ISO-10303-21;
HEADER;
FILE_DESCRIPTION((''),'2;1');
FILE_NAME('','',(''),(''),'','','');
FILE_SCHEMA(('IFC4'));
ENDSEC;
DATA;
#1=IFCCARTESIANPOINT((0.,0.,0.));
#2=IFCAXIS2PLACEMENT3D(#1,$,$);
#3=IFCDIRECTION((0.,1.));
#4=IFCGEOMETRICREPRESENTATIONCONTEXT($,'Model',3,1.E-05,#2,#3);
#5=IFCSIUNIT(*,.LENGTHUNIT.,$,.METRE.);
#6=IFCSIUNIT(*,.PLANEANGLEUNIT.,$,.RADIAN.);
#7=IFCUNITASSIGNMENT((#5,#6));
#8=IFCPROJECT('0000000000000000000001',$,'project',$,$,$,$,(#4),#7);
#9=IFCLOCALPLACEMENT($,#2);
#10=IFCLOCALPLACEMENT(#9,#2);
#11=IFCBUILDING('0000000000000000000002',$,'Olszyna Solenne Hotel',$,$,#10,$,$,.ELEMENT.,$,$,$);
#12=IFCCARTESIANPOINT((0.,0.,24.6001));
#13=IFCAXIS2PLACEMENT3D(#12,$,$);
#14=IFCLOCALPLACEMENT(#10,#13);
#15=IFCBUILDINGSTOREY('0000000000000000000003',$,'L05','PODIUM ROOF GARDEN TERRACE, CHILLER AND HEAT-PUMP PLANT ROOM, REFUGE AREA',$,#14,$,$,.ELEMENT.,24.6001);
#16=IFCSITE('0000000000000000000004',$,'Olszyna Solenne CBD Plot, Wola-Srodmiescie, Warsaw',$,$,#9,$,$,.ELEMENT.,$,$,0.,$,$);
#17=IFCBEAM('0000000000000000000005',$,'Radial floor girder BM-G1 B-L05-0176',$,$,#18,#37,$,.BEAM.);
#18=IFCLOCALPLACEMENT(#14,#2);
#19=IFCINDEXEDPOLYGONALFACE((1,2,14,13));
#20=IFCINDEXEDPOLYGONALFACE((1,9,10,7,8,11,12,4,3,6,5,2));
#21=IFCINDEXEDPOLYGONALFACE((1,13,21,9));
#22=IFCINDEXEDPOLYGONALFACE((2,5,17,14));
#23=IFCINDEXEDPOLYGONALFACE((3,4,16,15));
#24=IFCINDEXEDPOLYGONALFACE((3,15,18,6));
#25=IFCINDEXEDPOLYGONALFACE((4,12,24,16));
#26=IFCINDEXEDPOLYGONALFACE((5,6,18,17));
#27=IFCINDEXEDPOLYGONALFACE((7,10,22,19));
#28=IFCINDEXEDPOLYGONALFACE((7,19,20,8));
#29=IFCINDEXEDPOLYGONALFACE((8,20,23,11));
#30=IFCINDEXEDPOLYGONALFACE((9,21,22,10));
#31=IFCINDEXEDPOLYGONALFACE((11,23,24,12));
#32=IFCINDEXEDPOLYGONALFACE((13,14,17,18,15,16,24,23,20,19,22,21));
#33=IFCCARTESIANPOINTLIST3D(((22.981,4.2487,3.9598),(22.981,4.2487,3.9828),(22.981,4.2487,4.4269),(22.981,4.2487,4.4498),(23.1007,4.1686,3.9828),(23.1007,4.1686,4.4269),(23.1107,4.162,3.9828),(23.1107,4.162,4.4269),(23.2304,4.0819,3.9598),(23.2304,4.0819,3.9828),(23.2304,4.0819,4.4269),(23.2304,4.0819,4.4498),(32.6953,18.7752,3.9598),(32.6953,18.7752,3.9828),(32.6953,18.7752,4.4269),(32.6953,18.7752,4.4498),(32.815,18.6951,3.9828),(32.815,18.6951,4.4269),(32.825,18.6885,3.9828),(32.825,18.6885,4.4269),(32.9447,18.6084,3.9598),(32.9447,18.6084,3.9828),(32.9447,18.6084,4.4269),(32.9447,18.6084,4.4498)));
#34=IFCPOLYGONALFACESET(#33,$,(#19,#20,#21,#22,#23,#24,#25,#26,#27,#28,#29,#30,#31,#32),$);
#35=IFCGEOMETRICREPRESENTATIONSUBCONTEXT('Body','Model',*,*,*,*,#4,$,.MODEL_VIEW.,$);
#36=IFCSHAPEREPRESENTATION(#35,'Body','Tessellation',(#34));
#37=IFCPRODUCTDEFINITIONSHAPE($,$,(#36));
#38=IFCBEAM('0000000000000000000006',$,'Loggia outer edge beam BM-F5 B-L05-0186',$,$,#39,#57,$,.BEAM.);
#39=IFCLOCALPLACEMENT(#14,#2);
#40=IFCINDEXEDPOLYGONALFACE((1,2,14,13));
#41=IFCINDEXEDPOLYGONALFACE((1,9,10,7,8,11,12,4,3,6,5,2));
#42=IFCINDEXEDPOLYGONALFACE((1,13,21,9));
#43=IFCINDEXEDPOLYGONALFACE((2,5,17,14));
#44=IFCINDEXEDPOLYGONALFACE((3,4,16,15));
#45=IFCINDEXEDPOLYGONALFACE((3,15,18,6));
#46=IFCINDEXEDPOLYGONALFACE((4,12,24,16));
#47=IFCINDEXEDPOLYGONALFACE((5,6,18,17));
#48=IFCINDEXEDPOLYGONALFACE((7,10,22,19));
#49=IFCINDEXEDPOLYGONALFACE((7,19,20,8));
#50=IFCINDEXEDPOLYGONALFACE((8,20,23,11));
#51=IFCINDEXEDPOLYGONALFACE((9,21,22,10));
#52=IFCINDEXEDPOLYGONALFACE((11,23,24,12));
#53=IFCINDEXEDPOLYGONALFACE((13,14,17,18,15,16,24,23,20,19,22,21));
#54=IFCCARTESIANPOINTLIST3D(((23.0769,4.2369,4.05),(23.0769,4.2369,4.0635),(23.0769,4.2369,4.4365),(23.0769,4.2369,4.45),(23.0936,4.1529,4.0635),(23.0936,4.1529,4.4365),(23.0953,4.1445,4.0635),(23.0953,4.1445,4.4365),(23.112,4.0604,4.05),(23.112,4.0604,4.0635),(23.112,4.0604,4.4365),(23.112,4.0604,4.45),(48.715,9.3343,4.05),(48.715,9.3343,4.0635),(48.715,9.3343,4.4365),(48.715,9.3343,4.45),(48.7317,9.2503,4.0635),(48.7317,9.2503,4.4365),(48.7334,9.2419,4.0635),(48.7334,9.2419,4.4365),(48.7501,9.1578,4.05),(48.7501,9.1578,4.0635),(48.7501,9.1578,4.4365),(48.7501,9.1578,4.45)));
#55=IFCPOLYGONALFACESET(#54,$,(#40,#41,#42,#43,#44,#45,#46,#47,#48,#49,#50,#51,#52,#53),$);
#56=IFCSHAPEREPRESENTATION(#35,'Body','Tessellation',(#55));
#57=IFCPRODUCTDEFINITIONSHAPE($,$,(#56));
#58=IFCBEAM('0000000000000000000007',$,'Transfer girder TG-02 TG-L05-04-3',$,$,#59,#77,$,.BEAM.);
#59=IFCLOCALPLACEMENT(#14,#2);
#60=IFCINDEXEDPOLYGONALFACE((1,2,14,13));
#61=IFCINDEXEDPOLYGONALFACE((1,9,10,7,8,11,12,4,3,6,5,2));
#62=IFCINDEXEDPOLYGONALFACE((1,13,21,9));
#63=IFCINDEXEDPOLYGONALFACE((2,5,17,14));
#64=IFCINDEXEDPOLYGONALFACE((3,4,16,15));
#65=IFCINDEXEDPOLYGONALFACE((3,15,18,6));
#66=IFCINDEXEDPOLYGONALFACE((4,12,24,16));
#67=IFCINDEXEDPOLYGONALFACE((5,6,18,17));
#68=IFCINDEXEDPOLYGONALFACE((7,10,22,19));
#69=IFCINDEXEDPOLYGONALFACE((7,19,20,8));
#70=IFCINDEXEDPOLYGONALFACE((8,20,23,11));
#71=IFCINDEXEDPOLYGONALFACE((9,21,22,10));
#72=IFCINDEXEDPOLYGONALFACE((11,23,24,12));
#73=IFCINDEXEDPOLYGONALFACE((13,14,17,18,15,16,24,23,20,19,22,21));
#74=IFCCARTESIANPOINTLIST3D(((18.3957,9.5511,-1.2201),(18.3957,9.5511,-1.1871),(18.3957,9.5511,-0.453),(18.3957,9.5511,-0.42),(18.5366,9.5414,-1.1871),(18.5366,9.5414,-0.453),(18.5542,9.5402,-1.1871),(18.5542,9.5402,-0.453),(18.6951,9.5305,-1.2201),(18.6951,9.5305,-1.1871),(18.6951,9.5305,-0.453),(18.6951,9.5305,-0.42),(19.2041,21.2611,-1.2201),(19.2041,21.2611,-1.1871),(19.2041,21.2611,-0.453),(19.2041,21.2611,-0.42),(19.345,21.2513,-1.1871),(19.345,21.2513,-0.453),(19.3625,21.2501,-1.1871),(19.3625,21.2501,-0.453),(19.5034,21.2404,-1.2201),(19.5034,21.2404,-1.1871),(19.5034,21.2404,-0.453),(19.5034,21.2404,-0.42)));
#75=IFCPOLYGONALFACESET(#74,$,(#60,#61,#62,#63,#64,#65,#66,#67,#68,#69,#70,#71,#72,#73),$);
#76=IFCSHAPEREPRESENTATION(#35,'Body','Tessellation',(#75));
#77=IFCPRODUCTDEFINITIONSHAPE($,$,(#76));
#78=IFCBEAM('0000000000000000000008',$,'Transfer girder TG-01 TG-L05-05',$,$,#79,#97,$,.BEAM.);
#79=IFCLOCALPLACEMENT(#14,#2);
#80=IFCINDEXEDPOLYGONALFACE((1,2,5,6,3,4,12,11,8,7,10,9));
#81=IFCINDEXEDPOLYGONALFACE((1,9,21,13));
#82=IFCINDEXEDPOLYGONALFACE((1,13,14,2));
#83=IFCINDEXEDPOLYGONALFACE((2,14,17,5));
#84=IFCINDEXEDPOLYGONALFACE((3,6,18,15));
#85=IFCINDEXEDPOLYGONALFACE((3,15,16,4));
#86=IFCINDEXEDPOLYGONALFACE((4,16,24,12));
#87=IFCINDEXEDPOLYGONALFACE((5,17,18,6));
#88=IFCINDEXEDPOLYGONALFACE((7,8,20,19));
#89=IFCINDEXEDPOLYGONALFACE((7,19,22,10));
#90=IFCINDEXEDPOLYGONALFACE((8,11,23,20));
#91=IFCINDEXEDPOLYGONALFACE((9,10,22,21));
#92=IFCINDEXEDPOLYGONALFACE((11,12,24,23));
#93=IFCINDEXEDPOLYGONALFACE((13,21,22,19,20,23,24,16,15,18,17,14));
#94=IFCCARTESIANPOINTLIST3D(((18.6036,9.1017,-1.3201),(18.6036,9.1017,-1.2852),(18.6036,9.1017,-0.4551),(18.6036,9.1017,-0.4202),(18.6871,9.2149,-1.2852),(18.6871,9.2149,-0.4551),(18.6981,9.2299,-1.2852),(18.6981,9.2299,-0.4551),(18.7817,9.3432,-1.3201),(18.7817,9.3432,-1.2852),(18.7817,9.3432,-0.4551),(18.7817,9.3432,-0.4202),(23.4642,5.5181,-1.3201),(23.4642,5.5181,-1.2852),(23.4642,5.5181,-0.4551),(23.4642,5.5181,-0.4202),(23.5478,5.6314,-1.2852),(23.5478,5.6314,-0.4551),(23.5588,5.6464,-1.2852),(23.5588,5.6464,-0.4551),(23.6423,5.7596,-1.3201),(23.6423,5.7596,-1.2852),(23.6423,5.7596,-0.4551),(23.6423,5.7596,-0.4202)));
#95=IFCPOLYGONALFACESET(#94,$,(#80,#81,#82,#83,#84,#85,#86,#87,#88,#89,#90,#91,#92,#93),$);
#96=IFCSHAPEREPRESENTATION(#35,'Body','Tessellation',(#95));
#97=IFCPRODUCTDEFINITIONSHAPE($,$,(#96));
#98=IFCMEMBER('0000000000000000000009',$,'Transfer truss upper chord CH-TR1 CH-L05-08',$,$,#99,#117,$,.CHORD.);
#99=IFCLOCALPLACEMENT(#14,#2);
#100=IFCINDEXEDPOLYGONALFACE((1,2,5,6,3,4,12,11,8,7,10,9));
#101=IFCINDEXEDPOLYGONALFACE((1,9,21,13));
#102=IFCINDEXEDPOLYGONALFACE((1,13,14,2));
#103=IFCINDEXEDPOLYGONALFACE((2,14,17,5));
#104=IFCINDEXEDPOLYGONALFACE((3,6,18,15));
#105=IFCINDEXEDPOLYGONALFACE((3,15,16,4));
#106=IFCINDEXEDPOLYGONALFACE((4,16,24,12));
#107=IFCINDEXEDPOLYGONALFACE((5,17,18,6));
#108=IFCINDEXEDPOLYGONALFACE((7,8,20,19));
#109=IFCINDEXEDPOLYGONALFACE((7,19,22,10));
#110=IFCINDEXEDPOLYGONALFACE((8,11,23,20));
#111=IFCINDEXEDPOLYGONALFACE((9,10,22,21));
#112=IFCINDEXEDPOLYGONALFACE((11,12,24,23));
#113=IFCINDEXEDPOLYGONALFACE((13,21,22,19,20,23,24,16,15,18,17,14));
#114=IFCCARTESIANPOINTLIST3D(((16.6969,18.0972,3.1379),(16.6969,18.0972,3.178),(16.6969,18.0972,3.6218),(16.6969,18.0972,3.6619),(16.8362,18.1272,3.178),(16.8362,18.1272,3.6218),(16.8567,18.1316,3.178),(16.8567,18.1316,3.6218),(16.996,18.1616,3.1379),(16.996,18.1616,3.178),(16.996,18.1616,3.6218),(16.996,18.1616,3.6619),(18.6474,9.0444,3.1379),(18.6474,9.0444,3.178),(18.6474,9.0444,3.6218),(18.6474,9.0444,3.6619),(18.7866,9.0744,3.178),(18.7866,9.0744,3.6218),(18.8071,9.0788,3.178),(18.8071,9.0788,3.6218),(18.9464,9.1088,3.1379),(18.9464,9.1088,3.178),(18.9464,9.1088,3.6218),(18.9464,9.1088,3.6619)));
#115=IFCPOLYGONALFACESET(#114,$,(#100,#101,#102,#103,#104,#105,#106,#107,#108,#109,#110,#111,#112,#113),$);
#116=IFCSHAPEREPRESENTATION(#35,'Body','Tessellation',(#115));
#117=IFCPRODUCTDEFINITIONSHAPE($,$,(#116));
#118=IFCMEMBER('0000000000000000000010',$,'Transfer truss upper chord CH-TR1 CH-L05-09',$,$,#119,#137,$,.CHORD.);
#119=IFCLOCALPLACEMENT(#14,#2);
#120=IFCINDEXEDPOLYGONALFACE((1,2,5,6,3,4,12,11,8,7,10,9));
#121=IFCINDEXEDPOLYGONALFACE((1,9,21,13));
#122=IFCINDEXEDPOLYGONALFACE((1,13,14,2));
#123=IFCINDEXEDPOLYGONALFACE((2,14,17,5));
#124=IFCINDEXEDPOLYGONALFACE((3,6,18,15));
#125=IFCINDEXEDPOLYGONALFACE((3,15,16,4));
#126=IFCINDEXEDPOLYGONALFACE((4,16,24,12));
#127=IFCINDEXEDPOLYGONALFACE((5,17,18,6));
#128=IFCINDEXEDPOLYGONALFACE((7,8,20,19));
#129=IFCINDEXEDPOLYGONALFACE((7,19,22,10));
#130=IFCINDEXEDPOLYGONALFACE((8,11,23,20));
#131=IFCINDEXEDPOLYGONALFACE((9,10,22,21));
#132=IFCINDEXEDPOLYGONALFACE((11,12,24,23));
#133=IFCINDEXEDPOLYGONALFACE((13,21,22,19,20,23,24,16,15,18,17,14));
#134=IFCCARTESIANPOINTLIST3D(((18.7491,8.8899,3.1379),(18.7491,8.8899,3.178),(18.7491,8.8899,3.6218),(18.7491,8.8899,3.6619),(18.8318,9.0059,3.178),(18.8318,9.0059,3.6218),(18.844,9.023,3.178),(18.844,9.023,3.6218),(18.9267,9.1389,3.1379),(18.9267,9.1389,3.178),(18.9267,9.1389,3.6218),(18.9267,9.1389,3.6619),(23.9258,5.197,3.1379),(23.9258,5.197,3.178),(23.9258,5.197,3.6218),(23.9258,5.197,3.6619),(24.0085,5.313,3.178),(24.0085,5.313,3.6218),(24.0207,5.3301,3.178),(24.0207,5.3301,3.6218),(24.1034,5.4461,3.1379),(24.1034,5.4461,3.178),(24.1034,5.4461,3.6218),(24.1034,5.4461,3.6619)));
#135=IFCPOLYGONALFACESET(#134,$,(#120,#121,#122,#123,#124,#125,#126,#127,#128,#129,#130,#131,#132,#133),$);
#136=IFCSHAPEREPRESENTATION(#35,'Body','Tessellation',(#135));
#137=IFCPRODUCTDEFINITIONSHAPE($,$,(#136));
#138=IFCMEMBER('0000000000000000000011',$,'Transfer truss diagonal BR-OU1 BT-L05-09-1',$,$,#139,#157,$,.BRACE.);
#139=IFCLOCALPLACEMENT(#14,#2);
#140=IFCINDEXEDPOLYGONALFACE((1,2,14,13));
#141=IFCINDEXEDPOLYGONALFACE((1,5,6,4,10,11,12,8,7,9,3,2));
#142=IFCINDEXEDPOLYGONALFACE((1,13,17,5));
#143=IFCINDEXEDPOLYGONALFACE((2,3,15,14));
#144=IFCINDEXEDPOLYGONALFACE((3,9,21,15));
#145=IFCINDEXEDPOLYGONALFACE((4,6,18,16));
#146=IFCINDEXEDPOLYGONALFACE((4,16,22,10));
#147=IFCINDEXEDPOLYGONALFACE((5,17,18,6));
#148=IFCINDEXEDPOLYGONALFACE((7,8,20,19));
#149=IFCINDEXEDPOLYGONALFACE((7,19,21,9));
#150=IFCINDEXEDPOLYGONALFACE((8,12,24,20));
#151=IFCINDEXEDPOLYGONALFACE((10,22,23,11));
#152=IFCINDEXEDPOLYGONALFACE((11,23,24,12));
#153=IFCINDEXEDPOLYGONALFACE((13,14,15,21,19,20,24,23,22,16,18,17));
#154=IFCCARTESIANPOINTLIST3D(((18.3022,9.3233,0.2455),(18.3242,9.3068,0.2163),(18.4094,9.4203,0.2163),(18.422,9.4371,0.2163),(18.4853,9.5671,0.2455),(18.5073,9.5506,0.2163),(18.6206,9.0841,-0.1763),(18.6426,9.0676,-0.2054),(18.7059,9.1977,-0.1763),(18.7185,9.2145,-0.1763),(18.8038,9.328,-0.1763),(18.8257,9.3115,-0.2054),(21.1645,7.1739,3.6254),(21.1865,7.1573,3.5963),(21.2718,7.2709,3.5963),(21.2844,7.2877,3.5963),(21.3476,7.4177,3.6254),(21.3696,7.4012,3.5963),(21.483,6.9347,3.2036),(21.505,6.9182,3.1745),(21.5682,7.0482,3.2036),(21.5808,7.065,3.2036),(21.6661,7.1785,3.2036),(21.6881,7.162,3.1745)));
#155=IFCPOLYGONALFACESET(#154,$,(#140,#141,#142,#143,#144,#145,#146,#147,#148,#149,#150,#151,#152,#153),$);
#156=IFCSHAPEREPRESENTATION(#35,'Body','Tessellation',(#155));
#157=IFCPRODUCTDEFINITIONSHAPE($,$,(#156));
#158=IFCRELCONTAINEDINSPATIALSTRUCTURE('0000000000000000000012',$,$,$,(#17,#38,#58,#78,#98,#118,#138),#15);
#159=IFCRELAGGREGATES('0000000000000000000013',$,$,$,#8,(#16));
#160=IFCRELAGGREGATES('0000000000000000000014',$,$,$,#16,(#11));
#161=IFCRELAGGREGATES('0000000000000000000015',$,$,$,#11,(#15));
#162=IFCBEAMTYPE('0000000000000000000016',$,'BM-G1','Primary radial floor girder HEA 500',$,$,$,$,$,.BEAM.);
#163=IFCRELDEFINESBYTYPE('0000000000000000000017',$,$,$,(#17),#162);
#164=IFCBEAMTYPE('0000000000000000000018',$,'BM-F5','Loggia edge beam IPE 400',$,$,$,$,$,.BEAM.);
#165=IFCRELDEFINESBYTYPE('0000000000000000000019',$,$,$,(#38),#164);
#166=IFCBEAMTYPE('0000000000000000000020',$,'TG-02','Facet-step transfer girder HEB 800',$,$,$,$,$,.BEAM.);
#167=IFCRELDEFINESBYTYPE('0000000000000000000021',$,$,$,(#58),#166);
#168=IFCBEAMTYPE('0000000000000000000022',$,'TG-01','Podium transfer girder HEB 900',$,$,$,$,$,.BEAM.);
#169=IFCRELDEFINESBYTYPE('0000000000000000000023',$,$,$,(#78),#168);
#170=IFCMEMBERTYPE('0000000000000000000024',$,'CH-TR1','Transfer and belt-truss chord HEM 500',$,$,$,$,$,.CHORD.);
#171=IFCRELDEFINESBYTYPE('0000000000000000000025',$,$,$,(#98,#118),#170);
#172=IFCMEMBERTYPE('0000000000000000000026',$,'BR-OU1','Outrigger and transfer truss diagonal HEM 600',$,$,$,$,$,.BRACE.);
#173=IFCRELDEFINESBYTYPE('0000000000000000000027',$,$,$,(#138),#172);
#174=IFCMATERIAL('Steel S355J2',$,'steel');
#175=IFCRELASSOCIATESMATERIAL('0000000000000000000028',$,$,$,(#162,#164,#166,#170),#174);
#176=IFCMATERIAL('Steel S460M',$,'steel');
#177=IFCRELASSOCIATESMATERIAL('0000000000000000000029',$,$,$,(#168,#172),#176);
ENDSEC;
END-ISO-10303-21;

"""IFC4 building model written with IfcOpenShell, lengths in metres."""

from ifc_helpers import new_model, si_unit, direction, frame, origin, origin_2d, place, context, subcontext, project, spatial, i_section, extrude, source, transform, mapped, material, material_profile, profile_set, type_object, element, save


model = new_model("IFC4")

# Units and contexts
model_context = context("Model", 3, precision=1e-05, world=origin(), true_north=direction((0.0, 1.0)))
body_context = subcontext(model_context, "Body", "Model", "MODEL_VIEW")
ifc_project = project(units=[si_unit("LENGTHUNIT", "METRE"), si_unit("PLANEANGLEUNIT", "RADIAN")], contexts=[model_context])

# Site, building, storey
site_placement = place(None, origin())
site = spatial("IfcSite", under=ifc_project, at=site_placement, Name="Olszyna Solenne CBD Plot, Wola-Srodmiescie, Warsaw", CompositionType="ELEMENT", RefElevation=0.0)
building_placement = place(site_placement, origin())
building = spatial("IfcBuilding", under=site, at=building_placement, Name="Olszyna Solenne Hotel", CompositionType="ELEMENT")
storey_placement = place(building_placement, frame((0.0, 0.0, 24.6001)))
storey = spatial("IfcBuildingStorey", under=building, at=storey_placement, Name="L05", Description="PODIUM ROOF GARDEN TERRACE, CHILLER AND HEAT-PUMP PLANT ROOM, REFUGE AREA", CompositionType="ELEMENT", Elevation=24.6001)

# Shared definitions
ifc_material_1 = material(Name="Steel S355J2", Category="steel")
ifc_material_2 = material(Name="Steel S460M", Category="steel")

# Beams
ifc_material_profile_1 = material_profile(ifc_material_1, i_section(OverallWidth=0.3, OverallDepth=0.49, WebThickness=0.012, FlangeThickness=0.0229, at=origin_2d()), Name="HEA 500", Category="load-bearing")
ifc_profile_set_1 = profile_set([ifc_material_profile_1], Name="Steel S355J2")
beam_type_1 = type_object("IfcBeamType", Name="BM-G1", Description="Primary radial floor girder HEA 500", PredefinedType="BEAM", material=ifc_profile_set_1)
shared_shape_1 = source(origin(), body_context, "Body", "SweptSolid", [
    extrude(i_section(OverallWidth=0.3, OverallDepth=0.49, WebThickness=0.012, FlangeThickness=0.0229, at=origin_2d()), origin(), (0.0, 0.0, 1.0), 17.4753),
])
beam_1_placement = place(storey_placement, frame((23.1057, 4.1653, 4.2048), z_axis=(0.555886, 0.831259, 0.0), x_axis=(-0.831259, 0.555886, 0.0)))
element("IfcBeam", 1, at=beam_1_placement, inside=storey, type_object=beam_type_1, Name="Radial floor girder BM-G1 B-L05-0176", PredefinedType="BEAM", context=body_context, shape_type="MappedRepresentation", body=[
    mapped(shared_shape_1, transform((0.0, 0.0, 0.0), x_axis=(1.0, 0.0, 0.0), y_axis=(0.0, 1.0, 0.0), z_axis=(0.0, 0.0, 1.0), scale=1.0)),
])
ifc_material_profile_2 = material_profile(ifc_material_1, i_section(OverallWidth=0.1799, OverallDepth=0.3999, WebThickness=0.0085, FlangeThickness=0.0134, at=origin_2d()), Name="IPE 400", Category="load-bearing")
ifc_profile_set_2 = profile_set([ifc_material_profile_2], Name="Steel S355J2")
beam_type_2 = type_object("IfcBeamType", Name="BM-F5", Description="Loggia edge beam IPE 400", PredefinedType="BEAM", material=ifc_profile_set_2)
shared_shape_2 = source(origin(), body_context, "Body", "SweptSolid", [
    extrude(i_section(OverallWidth=0.1799, OverallDepth=0.3999, WebThickness=0.0085, FlangeThickness=0.0134, at=origin_2d()), origin(), (0.0, 0.0, 1.0), 26.1399),
])
beam_2_placement = place(storey_placement, frame((23.0945, 4.1487, 4.25), z_axis=(0.980802, 0.195004, 0.0), x_axis=(-0.195004, 0.980802, 0.0)))
element("IfcBeam", 2, at=beam_2_placement, inside=storey, type_object=beam_type_2, Name="Loggia outer edge beam BM-F5 B-L05-0186", PredefinedType="BEAM", context=body_context, shape_type="MappedRepresentation", body=[
    mapped(shared_shape_2, transform((0.0, 0.0, 0.0), x_axis=(1.0, 0.0, 0.0), y_axis=(0.0, 1.0, 0.0), z_axis=(0.0, 0.0, 1.0), scale=1.0)),
])
ifc_material_profile_3 = material_profile(ifc_material_1, i_section(OverallWidth=0.3, OverallDepth=0.8, WebThickness=0.0176, FlangeThickness=0.033, at=origin_2d()), Name="HEB 800", Category="load-bearing")
ifc_profile_set_3 = profile_set([ifc_material_profile_3], Name="Steel S355J2")
beam_type_3 = type_object("IfcBeamType", Name="TG-02", Description="Facet-step transfer girder HEB 800", PredefinedType="BEAM", material=ifc_profile_set_3)
shared_shape_3 = source(origin(), body_context, "Body", "SweptSolid", [
    extrude(i_section(OverallWidth=0.3, OverallDepth=0.8, WebThickness=0.0176, FlangeThickness=0.033, at=origin_2d()), origin(), (0.0, 0.0, 1.0), 11.7378),
])
beam_3_placement = place(storey_placement, frame((19.3538, 21.2507, -0.8201), z_axis=(-0.068867, -0.997626, 0.0), x_axis=(0.997626, -0.068867, 0.0)))
element("IfcBeam", 3, at=beam_3_placement, inside=storey, type_object=beam_type_3, Name="Transfer girder TG-02 TG-L05-04-3", PredefinedType="BEAM", context=body_context, shape_type="MappedRepresentation", body=[
    mapped(shared_shape_3, transform((0.0, 0.0, 0.0), x_axis=(1.0, 0.0, 0.0), y_axis=(0.0, 1.0, 0.0), z_axis=(0.0, 0.0, 1.0), scale=1.0)),
])
ifc_material_profile_4 = material_profile(ifc_material_2, i_section(OverallWidth=0.3, OverallDepth=0.8999, WebThickness=0.0186, FlangeThickness=0.0349, at=origin_2d()), Name="HEB 900", Category="load-bearing")
ifc_profile_set_4 = profile_set([ifc_material_profile_4], Name="Steel S460M")
beam_type_4 = type_object("IfcBeamType", Name="TG-01", Description="Podium transfer girder HEB 900", PredefinedType="BEAM", material=ifc_profile_set_4)
shared_shape_4 = source(origin(), body_context, "Body", "SweptSolid", [
    extrude(i_section(OverallWidth=0.3, OverallDepth=0.8999, WebThickness=0.0186, FlangeThickness=0.0349, at=origin_2d()), origin(), (0.0, 0.0, 1.0), 6.0388),
])
beam_4_placement = place(storey_placement, frame((18.6926, 9.2224, -0.8701), z_axis=(0.804897, -0.593414, 0.0), x_axis=(0.593414, 0.804897, 0.0)))
element("IfcBeam", 4, at=beam_4_placement, inside=storey, type_object=beam_type_4, Name="Transfer girder TG-01 TG-L05-05", PredefinedType="BEAM", context=body_context, shape_type="MappedRepresentation", body=[
    mapped(shared_shape_4, transform((0.0, 0.0, 0.0), x_axis=(1.0, 0.0, 0.0), y_axis=(0.0, 1.0, 0.0), z_axis=(0.0, 0.0, 1.0), scale=1.0)),
])

# Members
ifc_material_profile_5 = material_profile(ifc_material_1, i_section(OverallWidth=0.3059, OverallDepth=0.5239, WebThickness=0.021, FlangeThickness=0.04, at=origin_2d()), Name="HEM 500", Category="load-bearing")
ifc_profile_set_5 = profile_set([ifc_material_profile_5], Name="Steel S355J2")
member_type_1 = type_object("IfcMemberType", Name="CH-TR1", Description="Transfer and belt-truss chord HEM 500", PredefinedType="CHORD", material=ifc_profile_set_5)
shared_shape_5 = source(origin(), body_context, "Body", "SweptSolid", [
    extrude(i_section(OverallWidth=0.3059, OverallDepth=0.5239, WebThickness=0.021, FlangeThickness=0.04, at=origin_2d()), origin(), (0.0, 0.0, 1.0), 9.2605),
])
member_1_placement = place(storey_placement, frame((16.8464, 18.1294, 3.3999), z_axis=(0.21062, -0.977568, 0.0), x_axis=(0.977568, 0.21062, 0.0)))
element("IfcMember", 5, at=member_1_placement, inside=storey, type_object=member_type_1, Name="Transfer truss upper chord CH-TR1 CH-L05-08", PredefinedType="CHORD", context=body_context, shape_type="MappedRepresentation", body=[
    mapped(shared_shape_5, transform((0.0, 0.0, 0.0), x_axis=(1.0, 0.0, 0.0), y_axis=(0.0, 1.0, 0.0), z_axis=(0.0, 0.0, 1.0), scale=1.0)),
])
shared_shape_6 = source(origin(), body_context, "Body", "SweptSolid", [
    extrude(i_section(OverallWidth=0.3059, OverallDepth=0.5239, WebThickness=0.021, FlangeThickness=0.04, at=origin_2d()), origin(), (0.0, 0.0, 1.0), 6.3589),
])
member_2_placement = place(storey_placement, frame((18.8379, 9.0144, 3.3999), z_axis=(0.814091, -0.580737, 0.0), x_axis=(0.580737, 0.814091, 0.0)))
element("IfcMember", 6, at=member_2_placement, inside=storey, type_object=member_type_1, Name="Transfer truss upper chord CH-TR1 CH-L05-09", PredefinedType="CHORD", context=body_context, shape_type="MappedRepresentation", body=[
    mapped(shared_shape_6, transform((0.0, 0.0, 0.0), x_axis=(1.0, 0.0, 0.0), y_axis=(0.0, 1.0, 0.0), z_axis=(0.0, 0.0, 1.0), scale=1.0)),
])
ifc_material_profile_6 = material_profile(ifc_material_2, i_section(OverallWidth=0.3049, OverallDepth=0.6201, WebThickness=0.021, FlangeThickness=0.04, at=origin_2d()), Name="HEM 600", Category="load-bearing")
ifc_profile_set_6 = profile_set([ifc_material_profile_6], Name="Steel S460M")
member_type_2 = type_object("IfcMemberType", Name="BR-OU1", Description="Outrigger and transfer truss diagonal HEM 600", PredefinedType="BRACE", material=ifc_profile_set_6)
shared_shape_7 = source(origin(), body_context, "Body", "SweptSolid", [
    extrude(i_section(OverallWidth=0.3049, OverallDepth=0.6201, WebThickness=0.021, FlangeThickness=0.04, at=origin_2d()), origin(), (0.0, 0.0, 1.0), 4.9231),
])
member_3_placement = place(storey_placement, frame((18.564, 9.3174, 0.02), z_axis=(0.581409, -0.436603, 0.686543), x_axis=(0.60048, 0.79964, 0.0)))
element("IfcMember", 7, at=member_3_placement, inside=storey, type_object=member_type_2, Name="Transfer truss diagonal BR-OU1 BT-L05-09-1", PredefinedType="BRACE", context=body_context, shape_type="MappedRepresentation", body=[
    mapped(shared_shape_7, transform((0.0, 0.0, 0.0), x_axis=(1.0, 0.0, 0.0), y_axis=(0.0, 1.0, 0.0), z_axis=(0.0, 0.0, 1.0), scale=1.0)),
])

save(model, "model.ifc")
